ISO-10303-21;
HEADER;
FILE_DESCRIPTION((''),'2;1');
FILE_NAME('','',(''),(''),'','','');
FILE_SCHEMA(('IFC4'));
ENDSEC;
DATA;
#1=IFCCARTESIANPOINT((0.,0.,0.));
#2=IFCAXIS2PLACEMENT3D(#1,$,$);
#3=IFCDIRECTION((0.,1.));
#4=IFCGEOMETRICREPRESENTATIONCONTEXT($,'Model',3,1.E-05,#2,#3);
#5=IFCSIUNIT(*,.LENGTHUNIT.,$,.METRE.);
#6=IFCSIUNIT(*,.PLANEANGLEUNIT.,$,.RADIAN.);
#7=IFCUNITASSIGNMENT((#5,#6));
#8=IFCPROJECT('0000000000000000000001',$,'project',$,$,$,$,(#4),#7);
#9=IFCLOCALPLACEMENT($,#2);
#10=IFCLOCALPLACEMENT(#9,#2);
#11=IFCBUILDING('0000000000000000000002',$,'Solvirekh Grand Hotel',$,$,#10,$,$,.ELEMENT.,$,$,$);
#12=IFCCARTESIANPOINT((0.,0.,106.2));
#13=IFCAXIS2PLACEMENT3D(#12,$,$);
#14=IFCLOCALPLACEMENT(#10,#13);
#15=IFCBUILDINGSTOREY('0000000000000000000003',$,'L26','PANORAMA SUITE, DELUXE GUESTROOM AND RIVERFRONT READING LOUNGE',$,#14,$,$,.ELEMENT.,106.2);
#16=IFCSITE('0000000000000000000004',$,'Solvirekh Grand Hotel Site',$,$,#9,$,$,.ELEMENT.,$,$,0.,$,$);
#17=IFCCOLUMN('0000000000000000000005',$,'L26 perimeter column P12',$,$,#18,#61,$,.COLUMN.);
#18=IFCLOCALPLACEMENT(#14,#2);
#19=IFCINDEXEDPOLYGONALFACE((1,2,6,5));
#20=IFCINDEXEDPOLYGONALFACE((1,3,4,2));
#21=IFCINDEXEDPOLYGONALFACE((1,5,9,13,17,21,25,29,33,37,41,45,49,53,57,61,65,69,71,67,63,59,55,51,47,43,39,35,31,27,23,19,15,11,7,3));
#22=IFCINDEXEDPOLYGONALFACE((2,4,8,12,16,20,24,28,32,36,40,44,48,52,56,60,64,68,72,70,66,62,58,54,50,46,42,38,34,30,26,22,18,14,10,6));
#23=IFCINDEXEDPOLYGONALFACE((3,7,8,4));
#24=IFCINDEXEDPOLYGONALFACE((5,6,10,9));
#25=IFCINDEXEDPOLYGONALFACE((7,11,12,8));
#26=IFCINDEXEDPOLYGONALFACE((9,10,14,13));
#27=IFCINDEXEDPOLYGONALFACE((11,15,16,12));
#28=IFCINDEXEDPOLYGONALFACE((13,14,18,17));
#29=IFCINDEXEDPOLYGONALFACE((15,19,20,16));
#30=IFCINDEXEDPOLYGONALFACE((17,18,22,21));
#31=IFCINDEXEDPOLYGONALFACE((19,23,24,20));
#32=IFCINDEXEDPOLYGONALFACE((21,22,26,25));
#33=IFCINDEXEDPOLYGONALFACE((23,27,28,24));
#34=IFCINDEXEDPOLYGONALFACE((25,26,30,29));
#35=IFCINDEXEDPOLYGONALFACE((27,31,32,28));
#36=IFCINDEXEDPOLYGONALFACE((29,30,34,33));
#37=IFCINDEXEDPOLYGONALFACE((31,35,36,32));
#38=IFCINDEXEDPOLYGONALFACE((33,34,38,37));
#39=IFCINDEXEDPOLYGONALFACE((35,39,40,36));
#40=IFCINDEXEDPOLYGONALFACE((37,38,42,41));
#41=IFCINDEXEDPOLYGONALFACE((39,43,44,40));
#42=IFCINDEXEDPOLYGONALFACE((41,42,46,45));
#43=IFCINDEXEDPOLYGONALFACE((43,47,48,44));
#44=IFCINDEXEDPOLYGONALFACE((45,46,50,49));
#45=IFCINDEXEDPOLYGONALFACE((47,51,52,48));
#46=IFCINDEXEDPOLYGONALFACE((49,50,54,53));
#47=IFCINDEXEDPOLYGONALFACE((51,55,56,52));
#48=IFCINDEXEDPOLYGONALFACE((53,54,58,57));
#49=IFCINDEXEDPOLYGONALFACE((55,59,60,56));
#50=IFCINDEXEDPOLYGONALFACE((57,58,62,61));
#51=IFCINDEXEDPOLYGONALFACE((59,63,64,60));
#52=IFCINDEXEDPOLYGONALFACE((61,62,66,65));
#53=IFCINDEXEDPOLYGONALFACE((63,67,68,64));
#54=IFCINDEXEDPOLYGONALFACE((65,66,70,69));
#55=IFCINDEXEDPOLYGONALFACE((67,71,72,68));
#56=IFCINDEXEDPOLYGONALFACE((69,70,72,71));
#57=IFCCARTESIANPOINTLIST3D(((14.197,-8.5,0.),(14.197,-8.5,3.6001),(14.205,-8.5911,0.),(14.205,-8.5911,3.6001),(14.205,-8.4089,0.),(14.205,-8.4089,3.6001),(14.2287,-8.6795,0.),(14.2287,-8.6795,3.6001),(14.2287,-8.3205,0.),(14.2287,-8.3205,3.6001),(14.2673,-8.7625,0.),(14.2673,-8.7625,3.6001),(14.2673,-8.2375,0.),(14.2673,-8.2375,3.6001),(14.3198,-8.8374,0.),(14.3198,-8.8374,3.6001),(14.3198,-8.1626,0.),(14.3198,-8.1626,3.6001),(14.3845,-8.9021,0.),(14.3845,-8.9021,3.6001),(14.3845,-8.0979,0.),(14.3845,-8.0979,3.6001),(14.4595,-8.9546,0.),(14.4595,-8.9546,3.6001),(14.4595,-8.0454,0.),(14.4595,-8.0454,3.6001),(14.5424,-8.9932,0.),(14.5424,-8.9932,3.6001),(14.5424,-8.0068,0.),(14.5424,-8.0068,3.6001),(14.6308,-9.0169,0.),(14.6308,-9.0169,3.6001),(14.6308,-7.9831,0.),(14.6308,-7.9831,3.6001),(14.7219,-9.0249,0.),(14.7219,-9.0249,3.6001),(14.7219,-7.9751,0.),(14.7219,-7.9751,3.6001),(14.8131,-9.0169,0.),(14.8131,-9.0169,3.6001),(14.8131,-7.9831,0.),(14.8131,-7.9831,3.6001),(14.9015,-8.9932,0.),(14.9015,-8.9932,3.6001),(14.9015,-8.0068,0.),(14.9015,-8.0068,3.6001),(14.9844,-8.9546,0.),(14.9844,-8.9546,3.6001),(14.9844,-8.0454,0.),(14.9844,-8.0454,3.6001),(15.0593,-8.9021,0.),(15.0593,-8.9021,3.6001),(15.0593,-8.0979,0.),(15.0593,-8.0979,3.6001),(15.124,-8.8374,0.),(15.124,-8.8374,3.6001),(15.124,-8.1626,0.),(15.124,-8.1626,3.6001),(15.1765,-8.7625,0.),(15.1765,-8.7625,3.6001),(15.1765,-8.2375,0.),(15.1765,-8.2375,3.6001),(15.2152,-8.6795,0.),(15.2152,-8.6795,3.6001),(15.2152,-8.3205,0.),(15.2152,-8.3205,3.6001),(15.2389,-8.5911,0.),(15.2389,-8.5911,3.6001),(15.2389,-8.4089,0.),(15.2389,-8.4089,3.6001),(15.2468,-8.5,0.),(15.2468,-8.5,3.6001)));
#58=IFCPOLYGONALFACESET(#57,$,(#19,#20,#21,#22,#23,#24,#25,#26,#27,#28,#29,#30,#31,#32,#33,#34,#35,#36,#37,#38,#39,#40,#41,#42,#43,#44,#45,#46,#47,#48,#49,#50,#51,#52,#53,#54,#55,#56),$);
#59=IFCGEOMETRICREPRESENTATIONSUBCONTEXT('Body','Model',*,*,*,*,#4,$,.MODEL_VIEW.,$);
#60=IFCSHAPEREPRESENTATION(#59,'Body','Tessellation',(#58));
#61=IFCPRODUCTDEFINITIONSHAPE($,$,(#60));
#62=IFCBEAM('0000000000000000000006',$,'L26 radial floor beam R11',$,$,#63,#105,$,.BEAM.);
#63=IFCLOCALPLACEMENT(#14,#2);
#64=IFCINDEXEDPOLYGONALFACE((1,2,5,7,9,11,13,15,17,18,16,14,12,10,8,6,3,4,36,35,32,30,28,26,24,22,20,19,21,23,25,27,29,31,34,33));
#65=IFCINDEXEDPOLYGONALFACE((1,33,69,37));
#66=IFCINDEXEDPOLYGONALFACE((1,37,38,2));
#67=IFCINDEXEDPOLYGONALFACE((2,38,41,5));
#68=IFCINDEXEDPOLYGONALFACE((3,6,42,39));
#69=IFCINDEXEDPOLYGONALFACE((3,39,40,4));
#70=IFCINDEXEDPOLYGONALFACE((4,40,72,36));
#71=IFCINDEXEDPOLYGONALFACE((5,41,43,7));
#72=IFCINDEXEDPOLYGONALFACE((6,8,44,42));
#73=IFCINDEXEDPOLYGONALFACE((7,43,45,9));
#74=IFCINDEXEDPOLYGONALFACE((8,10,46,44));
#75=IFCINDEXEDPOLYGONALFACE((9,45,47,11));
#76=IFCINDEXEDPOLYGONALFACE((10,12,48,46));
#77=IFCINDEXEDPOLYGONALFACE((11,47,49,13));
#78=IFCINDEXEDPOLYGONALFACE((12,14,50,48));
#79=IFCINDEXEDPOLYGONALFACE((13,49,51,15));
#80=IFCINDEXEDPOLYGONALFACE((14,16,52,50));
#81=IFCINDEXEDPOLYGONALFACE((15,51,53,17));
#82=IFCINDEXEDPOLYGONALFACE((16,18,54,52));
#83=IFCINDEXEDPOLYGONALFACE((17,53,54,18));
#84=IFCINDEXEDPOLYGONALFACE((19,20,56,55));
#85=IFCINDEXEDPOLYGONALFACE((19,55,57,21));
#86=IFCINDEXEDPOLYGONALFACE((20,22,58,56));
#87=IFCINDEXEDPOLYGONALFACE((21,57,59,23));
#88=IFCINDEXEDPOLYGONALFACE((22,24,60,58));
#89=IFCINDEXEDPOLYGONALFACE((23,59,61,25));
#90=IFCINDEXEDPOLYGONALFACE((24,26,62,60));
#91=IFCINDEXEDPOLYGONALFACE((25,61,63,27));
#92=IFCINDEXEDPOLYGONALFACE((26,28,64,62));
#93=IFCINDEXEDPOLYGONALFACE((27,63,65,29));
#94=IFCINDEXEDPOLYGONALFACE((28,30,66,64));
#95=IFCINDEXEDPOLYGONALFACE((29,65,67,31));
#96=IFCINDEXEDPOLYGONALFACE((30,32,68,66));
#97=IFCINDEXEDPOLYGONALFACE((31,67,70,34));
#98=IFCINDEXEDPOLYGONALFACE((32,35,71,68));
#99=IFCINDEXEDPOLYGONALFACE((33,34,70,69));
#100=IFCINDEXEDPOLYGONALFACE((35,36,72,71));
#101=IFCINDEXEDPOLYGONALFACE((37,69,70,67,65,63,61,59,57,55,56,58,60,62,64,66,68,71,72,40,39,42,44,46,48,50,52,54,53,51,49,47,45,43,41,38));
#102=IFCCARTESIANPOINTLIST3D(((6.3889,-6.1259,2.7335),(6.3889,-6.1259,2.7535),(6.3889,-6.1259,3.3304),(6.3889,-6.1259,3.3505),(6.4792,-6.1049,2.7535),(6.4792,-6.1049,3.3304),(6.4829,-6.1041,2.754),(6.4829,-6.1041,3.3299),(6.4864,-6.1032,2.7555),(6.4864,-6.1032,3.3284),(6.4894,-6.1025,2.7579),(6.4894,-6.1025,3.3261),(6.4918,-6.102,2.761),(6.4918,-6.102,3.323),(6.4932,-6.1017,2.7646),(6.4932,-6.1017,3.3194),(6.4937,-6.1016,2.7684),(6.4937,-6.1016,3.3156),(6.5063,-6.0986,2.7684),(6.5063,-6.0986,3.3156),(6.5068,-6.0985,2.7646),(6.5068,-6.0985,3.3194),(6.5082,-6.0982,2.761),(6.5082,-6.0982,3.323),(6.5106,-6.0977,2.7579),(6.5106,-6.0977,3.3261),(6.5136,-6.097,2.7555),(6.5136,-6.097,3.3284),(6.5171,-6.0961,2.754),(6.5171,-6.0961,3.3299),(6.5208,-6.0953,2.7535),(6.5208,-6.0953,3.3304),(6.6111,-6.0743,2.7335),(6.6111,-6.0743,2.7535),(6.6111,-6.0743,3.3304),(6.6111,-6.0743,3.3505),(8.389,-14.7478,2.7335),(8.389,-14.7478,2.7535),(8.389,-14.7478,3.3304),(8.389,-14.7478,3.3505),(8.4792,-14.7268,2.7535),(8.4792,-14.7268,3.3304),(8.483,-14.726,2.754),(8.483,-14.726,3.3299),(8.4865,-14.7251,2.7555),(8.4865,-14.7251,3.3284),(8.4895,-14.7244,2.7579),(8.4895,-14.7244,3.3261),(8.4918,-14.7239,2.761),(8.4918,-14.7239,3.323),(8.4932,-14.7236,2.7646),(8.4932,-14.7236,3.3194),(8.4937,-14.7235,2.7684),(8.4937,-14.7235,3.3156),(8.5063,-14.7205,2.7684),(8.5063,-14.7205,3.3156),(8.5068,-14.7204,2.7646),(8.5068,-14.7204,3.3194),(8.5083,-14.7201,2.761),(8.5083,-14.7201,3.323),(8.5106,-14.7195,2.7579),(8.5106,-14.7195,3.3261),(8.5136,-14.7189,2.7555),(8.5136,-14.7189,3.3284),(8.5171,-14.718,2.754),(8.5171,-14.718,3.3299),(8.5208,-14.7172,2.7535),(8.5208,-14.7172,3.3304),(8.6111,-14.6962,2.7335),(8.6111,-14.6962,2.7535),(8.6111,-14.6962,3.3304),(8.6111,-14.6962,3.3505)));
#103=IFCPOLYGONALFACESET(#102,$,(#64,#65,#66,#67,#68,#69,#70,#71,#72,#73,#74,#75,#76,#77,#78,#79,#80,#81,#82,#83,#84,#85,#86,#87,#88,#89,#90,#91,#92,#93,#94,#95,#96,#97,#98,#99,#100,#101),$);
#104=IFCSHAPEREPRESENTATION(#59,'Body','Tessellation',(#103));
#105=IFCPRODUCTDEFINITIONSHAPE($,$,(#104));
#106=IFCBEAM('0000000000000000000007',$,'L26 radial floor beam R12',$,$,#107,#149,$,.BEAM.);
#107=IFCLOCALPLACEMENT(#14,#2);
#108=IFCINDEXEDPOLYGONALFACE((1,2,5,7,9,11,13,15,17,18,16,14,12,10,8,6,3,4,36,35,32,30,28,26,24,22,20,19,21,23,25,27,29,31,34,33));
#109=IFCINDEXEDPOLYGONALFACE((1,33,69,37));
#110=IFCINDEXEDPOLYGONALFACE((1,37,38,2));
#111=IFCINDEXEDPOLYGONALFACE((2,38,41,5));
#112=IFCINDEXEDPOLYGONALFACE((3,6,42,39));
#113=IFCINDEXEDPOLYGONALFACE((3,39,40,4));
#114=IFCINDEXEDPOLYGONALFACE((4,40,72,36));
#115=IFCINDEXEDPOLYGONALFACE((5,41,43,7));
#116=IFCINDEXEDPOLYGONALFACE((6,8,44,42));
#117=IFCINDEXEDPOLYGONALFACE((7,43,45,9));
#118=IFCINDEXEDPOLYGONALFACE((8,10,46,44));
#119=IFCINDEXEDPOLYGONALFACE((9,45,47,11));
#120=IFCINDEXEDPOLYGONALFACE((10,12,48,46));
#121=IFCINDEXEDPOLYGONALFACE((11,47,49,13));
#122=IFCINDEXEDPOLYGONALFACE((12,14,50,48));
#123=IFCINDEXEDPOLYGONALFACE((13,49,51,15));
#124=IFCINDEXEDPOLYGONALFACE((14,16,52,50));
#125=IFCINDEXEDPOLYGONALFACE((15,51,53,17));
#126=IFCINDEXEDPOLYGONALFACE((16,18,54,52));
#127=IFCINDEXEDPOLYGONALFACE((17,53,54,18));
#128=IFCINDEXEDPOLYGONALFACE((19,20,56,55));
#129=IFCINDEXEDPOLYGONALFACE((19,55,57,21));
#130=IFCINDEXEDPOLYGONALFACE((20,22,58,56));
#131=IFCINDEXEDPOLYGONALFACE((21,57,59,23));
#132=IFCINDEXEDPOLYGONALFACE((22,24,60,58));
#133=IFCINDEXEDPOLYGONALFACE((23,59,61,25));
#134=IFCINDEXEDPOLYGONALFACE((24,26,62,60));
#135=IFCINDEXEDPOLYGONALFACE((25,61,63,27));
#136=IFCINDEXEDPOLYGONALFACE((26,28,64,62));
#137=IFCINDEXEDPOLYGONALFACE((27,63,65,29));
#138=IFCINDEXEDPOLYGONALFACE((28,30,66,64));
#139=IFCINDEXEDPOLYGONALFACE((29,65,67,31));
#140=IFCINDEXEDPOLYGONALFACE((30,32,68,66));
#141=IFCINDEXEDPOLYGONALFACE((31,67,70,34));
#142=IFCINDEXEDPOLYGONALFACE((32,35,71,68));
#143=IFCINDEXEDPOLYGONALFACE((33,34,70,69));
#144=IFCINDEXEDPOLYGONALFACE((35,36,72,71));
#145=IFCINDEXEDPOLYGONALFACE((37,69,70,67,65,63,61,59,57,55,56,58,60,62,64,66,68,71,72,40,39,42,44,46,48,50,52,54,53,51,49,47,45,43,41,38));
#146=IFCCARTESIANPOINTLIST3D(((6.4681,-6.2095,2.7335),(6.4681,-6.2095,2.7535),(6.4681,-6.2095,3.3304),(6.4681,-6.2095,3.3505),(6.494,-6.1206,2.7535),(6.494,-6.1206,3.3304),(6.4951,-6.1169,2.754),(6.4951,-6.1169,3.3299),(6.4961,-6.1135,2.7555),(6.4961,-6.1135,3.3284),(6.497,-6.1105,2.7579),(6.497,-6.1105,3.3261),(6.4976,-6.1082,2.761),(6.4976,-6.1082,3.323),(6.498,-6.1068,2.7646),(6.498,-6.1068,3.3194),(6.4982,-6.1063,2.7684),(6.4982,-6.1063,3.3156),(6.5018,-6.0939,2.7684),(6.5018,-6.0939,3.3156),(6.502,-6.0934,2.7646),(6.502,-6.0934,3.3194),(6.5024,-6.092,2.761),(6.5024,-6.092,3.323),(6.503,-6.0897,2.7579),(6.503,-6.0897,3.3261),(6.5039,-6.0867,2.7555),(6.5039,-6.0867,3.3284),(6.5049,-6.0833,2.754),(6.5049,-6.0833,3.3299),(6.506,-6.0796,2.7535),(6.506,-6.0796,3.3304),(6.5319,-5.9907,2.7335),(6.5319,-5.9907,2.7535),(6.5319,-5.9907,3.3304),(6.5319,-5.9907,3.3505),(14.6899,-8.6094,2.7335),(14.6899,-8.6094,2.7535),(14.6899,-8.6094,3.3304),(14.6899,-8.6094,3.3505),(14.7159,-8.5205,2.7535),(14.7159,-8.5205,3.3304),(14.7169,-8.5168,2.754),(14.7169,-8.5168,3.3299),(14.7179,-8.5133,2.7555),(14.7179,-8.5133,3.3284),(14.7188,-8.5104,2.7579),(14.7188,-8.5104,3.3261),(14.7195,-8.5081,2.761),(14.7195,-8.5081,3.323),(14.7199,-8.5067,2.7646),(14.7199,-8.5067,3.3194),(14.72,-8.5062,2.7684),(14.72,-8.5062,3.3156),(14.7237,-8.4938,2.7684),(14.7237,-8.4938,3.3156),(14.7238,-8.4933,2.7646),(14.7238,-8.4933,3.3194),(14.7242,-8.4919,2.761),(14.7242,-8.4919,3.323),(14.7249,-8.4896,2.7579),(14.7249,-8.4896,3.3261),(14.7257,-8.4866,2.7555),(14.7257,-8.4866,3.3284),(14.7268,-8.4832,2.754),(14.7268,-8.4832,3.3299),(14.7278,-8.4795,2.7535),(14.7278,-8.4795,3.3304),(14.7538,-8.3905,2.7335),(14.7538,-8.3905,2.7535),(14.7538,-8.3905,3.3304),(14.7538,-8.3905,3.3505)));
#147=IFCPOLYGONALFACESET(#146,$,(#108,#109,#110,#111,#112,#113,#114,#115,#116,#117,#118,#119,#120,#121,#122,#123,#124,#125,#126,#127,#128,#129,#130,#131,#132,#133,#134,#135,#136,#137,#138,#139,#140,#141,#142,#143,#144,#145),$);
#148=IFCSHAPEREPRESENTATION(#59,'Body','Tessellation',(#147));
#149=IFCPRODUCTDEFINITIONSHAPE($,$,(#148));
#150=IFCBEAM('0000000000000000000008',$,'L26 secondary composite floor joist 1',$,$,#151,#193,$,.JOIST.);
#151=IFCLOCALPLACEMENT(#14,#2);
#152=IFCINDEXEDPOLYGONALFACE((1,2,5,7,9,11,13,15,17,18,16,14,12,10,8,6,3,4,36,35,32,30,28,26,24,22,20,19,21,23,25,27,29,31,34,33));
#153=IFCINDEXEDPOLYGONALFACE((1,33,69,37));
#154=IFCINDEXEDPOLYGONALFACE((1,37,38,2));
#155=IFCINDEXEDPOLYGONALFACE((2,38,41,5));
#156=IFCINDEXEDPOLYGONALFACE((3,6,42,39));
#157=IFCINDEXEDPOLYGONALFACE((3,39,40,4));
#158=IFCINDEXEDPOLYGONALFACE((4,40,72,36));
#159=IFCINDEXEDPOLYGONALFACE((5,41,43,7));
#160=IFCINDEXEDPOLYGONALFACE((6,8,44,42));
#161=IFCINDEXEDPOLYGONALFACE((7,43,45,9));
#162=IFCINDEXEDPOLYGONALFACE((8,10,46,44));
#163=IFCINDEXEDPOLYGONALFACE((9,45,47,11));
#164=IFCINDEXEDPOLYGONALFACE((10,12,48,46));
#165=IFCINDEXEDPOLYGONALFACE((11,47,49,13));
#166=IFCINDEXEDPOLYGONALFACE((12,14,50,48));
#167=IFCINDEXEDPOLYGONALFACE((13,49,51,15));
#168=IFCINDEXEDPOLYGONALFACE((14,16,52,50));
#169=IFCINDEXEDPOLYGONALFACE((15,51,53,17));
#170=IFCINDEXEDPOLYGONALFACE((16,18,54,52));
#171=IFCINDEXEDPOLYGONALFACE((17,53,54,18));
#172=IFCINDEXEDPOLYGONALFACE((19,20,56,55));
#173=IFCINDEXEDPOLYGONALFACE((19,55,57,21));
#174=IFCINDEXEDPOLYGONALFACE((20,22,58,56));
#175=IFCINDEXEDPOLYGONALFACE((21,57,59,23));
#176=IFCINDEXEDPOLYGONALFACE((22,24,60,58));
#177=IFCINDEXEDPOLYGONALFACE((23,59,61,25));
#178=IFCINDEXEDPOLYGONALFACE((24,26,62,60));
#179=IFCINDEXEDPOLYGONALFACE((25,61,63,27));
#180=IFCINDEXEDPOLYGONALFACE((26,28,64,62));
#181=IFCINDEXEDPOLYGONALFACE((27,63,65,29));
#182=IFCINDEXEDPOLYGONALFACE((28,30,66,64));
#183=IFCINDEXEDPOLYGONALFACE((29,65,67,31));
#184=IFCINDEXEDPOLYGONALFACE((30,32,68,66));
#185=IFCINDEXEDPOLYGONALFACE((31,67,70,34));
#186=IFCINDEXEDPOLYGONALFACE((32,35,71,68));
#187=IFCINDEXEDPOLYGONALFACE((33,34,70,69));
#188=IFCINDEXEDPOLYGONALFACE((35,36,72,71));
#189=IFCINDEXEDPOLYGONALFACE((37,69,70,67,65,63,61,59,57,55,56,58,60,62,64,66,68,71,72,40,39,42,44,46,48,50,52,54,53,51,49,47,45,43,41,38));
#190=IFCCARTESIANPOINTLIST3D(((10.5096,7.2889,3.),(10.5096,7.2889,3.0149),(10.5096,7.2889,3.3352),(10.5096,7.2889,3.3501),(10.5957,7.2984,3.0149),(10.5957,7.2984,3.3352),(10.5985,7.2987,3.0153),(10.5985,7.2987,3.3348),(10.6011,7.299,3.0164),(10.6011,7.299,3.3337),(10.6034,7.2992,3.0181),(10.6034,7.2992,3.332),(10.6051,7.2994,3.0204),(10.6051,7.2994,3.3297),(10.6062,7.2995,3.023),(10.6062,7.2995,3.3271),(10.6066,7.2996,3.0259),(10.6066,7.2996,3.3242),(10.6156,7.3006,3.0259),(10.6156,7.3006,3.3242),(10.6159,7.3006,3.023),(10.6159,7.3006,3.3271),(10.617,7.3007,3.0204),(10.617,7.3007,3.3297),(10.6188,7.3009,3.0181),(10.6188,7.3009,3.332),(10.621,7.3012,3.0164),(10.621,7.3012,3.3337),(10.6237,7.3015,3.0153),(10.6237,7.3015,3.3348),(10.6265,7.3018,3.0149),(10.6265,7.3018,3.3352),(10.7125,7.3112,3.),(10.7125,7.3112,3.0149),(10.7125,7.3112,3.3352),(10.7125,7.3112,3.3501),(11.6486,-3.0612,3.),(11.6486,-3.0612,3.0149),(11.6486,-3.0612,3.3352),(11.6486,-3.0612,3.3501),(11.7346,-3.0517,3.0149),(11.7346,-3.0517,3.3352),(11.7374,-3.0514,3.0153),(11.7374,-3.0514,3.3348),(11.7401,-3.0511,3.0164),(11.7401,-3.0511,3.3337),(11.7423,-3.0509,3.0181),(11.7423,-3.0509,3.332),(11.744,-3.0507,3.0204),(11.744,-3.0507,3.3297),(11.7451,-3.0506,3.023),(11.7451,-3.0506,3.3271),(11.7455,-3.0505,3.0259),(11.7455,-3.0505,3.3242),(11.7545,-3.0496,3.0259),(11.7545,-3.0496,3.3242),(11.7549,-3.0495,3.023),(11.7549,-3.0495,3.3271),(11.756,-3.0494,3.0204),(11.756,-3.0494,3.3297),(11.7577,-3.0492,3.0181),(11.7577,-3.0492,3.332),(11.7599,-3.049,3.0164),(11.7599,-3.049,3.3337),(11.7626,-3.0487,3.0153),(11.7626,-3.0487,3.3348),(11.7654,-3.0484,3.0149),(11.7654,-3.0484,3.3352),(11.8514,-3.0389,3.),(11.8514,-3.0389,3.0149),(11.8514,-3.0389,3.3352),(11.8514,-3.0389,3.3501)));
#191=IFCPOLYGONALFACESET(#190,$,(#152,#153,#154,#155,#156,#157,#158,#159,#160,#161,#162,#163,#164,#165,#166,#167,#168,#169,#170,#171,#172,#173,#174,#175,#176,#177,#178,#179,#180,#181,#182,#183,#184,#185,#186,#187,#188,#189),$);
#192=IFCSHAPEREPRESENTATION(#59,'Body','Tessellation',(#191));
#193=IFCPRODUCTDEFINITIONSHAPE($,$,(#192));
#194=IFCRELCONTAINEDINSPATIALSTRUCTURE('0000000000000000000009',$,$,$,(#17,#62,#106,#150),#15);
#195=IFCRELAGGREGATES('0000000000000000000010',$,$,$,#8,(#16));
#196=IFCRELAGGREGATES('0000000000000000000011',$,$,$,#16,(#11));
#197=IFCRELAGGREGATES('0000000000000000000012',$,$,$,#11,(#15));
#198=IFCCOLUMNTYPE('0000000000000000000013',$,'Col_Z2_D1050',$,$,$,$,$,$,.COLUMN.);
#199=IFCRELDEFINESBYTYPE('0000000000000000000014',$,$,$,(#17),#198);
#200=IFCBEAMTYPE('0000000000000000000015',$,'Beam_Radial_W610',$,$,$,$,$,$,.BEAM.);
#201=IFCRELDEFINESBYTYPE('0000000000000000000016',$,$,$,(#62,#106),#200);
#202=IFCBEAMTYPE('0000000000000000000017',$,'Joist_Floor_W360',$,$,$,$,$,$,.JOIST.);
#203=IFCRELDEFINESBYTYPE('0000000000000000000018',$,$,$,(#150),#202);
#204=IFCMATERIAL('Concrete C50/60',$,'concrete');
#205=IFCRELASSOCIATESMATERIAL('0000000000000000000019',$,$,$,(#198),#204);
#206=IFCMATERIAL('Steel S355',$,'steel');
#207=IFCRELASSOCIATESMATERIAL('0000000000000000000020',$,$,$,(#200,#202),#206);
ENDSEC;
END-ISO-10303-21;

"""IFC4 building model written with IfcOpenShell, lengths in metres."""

from ifc_helpers import new_model, si_unit, direction, frame, origin, origin_2d, place, context, subcontext, project, spatial, circle, i_section, extrude, material, material_profile, profile_set, type_object, element, save


model = new_model("IFC4")

# Units and contexts
model_context = context("Model", 3, precision=1e-05, world=origin(), true_north=direction((0.0, 1.0)))
body_context = subcontext(model_context, "Body", "Model", "MODEL_VIEW")
ifc_project = project(units=[si_unit("LENGTHUNIT", "METRE"), si_unit("PLANEANGLEUNIT", "RADIAN")], contexts=[model_context])

# Site, building, storey
site_placement = place(None, origin())
site = spatial("IfcSite", under=ifc_project, at=site_placement, Name="Solvirekh Grand Hotel Site", CompositionType="ELEMENT", RefElevation=0.0)
building_placement = place(site_placement, origin())
building = spatial("IfcBuilding", under=site, at=building_placement, Name="Solvirekh Grand Hotel", CompositionType="ELEMENT")
storey_placement = place(building_placement, frame((0.0, 0.0, 106.2)))
storey = spatial("IfcBuildingStorey", under=building, at=storey_placement, Name="L26", Description="PANORAMA SUITE, DELUXE GUESTROOM AND RIVERFRONT READING LOUNGE", CompositionType="ELEMENT", Elevation=106.2)

# Column
ifc_material_1 = material(Name="Concrete C50/60", Category="concrete")
ifc_material_profile_1 = material_profile(ifc_material_1, circle(Radius=0.5249, at=origin_2d()), Name="RC CIRC D1050")
ifc_profile_set_1 = profile_set([ifc_material_profile_1], Name="Concrete C50/60")
column_type = type_object("IfcColumnType", Name="Col_Z2_D1050", PredefinedType="COLUMN", material=ifc_profile_set_1)
column_placement = place(storey_placement, frame((14.7219, -8.5, 0.0), z_axis=(0.0, 0.0, 1.0), x_axis=(1.0, 0.0, 0.0)))
element("IfcColumn", 1, at=column_placement, inside=storey, type_object=column_type, Name="L26 perimeter column P12", PredefinedType="COLUMN", context=body_context, shape_type="SweptSolid", body=[
    extrude(circle(Radius=0.5249, at=origin_2d()), origin(), (0.0, 0.0, 1.0), 3.6001),
])

# Beams
ifc_material_2 = material(Name="Steel S355", Category="steel")
ifc_material_profile_2 = material_profile(ifc_material_2, i_section(OverallWidth=0.228, OverallDepth=0.6169, WebThickness=0.0129, FlangeThickness=0.02, FilletRadius=0.0149, at=origin_2d()), Name="W610X140")
ifc_profile_set_2 = profile_set([ifc_material_profile_2], Name="Steel S355")
beam_type_1 = type_object("IfcBeamType", Name="Beam_Radial_W610", PredefinedType="BEAM", material=ifc_profile_set_2)
beam_1_placement = place(storey_placement, frame((6.5, -6.1001, 3.042), z_axis=(0.225969, -0.974134, 0.0), x_axis=(0.974134, 0.225969, 0.0)))
element("IfcBeam", 2, at=beam_1_placement, inside=storey, type_object=beam_type_1, Name="L26 radial floor beam R11", PredefinedType="BEAM", context=body_context, shape_type="SweptSolid", body=[
    extrude(i_section(OverallWidth=0.228, OverallDepth=0.6169, WebThickness=0.0129, FlangeThickness=0.02, FilletRadius=0.0149, at=origin_2d()), origin(), (0.0, 0.0, 1.0), 8.8508),
])
beam_2_placement = place(storey_placement, frame((6.5, -6.1001, 3.042), z_axis=(0.959942, -0.280198, 0.0), x_axis=(0.280198, 0.959942, 0.0)))
element("IfcBeam", 3, at=beam_2_placement, inside=storey, type_object=beam_type_1, Name="L26 radial floor beam R12", PredefinedType="BEAM", context=body_context, shape_type="SweptSolid", body=[
    extrude(i_section(OverallWidth=0.228, OverallDepth=0.6169, WebThickness=0.0129, FlangeThickness=0.02, FilletRadius=0.0149, at=origin_2d()), origin(), (0.0, 0.0, 1.0), 8.5649),
])
ifc_material_profile_3 = material_profile(ifc_material_2, i_section(OverallWidth=0.2041, OverallDepth=0.3501, WebThickness=0.009, FlangeThickness=0.0149, FilletRadius=0.011, at=origin_2d()), Name="W360X72")
ifc_profile_set_3 = profile_set([ifc_material_profile_3], Name="Steel S355")
beam_type_2 = type_object("IfcBeamType", Name="Joist_Floor_W360", PredefinedType="JOIST", material=ifc_profile_set_3)
beam_3_placement = place(storey_placement, frame((11.75, -3.05, 3.175), z_axis=(-0.109379, 0.994, 0.0), x_axis=(-0.994, -0.109379, 0.0)))
element("IfcBeam", 4, at=beam_3_placement, inside=storey, type_object=beam_type_2, Name="L26 secondary composite floor joist 1", PredefinedType="JOIST", context=body_context, shape_type="SweptSolid", body=[
    extrude(i_section(OverallWidth=0.2041, OverallDepth=0.3501, WebThickness=0.009, FlangeThickness=0.0149, FilletRadius=0.011, at=origin_2d()), origin(), (0.0, 0.0, 1.0), 10.4126),
])

save(model, "model.ifc")
